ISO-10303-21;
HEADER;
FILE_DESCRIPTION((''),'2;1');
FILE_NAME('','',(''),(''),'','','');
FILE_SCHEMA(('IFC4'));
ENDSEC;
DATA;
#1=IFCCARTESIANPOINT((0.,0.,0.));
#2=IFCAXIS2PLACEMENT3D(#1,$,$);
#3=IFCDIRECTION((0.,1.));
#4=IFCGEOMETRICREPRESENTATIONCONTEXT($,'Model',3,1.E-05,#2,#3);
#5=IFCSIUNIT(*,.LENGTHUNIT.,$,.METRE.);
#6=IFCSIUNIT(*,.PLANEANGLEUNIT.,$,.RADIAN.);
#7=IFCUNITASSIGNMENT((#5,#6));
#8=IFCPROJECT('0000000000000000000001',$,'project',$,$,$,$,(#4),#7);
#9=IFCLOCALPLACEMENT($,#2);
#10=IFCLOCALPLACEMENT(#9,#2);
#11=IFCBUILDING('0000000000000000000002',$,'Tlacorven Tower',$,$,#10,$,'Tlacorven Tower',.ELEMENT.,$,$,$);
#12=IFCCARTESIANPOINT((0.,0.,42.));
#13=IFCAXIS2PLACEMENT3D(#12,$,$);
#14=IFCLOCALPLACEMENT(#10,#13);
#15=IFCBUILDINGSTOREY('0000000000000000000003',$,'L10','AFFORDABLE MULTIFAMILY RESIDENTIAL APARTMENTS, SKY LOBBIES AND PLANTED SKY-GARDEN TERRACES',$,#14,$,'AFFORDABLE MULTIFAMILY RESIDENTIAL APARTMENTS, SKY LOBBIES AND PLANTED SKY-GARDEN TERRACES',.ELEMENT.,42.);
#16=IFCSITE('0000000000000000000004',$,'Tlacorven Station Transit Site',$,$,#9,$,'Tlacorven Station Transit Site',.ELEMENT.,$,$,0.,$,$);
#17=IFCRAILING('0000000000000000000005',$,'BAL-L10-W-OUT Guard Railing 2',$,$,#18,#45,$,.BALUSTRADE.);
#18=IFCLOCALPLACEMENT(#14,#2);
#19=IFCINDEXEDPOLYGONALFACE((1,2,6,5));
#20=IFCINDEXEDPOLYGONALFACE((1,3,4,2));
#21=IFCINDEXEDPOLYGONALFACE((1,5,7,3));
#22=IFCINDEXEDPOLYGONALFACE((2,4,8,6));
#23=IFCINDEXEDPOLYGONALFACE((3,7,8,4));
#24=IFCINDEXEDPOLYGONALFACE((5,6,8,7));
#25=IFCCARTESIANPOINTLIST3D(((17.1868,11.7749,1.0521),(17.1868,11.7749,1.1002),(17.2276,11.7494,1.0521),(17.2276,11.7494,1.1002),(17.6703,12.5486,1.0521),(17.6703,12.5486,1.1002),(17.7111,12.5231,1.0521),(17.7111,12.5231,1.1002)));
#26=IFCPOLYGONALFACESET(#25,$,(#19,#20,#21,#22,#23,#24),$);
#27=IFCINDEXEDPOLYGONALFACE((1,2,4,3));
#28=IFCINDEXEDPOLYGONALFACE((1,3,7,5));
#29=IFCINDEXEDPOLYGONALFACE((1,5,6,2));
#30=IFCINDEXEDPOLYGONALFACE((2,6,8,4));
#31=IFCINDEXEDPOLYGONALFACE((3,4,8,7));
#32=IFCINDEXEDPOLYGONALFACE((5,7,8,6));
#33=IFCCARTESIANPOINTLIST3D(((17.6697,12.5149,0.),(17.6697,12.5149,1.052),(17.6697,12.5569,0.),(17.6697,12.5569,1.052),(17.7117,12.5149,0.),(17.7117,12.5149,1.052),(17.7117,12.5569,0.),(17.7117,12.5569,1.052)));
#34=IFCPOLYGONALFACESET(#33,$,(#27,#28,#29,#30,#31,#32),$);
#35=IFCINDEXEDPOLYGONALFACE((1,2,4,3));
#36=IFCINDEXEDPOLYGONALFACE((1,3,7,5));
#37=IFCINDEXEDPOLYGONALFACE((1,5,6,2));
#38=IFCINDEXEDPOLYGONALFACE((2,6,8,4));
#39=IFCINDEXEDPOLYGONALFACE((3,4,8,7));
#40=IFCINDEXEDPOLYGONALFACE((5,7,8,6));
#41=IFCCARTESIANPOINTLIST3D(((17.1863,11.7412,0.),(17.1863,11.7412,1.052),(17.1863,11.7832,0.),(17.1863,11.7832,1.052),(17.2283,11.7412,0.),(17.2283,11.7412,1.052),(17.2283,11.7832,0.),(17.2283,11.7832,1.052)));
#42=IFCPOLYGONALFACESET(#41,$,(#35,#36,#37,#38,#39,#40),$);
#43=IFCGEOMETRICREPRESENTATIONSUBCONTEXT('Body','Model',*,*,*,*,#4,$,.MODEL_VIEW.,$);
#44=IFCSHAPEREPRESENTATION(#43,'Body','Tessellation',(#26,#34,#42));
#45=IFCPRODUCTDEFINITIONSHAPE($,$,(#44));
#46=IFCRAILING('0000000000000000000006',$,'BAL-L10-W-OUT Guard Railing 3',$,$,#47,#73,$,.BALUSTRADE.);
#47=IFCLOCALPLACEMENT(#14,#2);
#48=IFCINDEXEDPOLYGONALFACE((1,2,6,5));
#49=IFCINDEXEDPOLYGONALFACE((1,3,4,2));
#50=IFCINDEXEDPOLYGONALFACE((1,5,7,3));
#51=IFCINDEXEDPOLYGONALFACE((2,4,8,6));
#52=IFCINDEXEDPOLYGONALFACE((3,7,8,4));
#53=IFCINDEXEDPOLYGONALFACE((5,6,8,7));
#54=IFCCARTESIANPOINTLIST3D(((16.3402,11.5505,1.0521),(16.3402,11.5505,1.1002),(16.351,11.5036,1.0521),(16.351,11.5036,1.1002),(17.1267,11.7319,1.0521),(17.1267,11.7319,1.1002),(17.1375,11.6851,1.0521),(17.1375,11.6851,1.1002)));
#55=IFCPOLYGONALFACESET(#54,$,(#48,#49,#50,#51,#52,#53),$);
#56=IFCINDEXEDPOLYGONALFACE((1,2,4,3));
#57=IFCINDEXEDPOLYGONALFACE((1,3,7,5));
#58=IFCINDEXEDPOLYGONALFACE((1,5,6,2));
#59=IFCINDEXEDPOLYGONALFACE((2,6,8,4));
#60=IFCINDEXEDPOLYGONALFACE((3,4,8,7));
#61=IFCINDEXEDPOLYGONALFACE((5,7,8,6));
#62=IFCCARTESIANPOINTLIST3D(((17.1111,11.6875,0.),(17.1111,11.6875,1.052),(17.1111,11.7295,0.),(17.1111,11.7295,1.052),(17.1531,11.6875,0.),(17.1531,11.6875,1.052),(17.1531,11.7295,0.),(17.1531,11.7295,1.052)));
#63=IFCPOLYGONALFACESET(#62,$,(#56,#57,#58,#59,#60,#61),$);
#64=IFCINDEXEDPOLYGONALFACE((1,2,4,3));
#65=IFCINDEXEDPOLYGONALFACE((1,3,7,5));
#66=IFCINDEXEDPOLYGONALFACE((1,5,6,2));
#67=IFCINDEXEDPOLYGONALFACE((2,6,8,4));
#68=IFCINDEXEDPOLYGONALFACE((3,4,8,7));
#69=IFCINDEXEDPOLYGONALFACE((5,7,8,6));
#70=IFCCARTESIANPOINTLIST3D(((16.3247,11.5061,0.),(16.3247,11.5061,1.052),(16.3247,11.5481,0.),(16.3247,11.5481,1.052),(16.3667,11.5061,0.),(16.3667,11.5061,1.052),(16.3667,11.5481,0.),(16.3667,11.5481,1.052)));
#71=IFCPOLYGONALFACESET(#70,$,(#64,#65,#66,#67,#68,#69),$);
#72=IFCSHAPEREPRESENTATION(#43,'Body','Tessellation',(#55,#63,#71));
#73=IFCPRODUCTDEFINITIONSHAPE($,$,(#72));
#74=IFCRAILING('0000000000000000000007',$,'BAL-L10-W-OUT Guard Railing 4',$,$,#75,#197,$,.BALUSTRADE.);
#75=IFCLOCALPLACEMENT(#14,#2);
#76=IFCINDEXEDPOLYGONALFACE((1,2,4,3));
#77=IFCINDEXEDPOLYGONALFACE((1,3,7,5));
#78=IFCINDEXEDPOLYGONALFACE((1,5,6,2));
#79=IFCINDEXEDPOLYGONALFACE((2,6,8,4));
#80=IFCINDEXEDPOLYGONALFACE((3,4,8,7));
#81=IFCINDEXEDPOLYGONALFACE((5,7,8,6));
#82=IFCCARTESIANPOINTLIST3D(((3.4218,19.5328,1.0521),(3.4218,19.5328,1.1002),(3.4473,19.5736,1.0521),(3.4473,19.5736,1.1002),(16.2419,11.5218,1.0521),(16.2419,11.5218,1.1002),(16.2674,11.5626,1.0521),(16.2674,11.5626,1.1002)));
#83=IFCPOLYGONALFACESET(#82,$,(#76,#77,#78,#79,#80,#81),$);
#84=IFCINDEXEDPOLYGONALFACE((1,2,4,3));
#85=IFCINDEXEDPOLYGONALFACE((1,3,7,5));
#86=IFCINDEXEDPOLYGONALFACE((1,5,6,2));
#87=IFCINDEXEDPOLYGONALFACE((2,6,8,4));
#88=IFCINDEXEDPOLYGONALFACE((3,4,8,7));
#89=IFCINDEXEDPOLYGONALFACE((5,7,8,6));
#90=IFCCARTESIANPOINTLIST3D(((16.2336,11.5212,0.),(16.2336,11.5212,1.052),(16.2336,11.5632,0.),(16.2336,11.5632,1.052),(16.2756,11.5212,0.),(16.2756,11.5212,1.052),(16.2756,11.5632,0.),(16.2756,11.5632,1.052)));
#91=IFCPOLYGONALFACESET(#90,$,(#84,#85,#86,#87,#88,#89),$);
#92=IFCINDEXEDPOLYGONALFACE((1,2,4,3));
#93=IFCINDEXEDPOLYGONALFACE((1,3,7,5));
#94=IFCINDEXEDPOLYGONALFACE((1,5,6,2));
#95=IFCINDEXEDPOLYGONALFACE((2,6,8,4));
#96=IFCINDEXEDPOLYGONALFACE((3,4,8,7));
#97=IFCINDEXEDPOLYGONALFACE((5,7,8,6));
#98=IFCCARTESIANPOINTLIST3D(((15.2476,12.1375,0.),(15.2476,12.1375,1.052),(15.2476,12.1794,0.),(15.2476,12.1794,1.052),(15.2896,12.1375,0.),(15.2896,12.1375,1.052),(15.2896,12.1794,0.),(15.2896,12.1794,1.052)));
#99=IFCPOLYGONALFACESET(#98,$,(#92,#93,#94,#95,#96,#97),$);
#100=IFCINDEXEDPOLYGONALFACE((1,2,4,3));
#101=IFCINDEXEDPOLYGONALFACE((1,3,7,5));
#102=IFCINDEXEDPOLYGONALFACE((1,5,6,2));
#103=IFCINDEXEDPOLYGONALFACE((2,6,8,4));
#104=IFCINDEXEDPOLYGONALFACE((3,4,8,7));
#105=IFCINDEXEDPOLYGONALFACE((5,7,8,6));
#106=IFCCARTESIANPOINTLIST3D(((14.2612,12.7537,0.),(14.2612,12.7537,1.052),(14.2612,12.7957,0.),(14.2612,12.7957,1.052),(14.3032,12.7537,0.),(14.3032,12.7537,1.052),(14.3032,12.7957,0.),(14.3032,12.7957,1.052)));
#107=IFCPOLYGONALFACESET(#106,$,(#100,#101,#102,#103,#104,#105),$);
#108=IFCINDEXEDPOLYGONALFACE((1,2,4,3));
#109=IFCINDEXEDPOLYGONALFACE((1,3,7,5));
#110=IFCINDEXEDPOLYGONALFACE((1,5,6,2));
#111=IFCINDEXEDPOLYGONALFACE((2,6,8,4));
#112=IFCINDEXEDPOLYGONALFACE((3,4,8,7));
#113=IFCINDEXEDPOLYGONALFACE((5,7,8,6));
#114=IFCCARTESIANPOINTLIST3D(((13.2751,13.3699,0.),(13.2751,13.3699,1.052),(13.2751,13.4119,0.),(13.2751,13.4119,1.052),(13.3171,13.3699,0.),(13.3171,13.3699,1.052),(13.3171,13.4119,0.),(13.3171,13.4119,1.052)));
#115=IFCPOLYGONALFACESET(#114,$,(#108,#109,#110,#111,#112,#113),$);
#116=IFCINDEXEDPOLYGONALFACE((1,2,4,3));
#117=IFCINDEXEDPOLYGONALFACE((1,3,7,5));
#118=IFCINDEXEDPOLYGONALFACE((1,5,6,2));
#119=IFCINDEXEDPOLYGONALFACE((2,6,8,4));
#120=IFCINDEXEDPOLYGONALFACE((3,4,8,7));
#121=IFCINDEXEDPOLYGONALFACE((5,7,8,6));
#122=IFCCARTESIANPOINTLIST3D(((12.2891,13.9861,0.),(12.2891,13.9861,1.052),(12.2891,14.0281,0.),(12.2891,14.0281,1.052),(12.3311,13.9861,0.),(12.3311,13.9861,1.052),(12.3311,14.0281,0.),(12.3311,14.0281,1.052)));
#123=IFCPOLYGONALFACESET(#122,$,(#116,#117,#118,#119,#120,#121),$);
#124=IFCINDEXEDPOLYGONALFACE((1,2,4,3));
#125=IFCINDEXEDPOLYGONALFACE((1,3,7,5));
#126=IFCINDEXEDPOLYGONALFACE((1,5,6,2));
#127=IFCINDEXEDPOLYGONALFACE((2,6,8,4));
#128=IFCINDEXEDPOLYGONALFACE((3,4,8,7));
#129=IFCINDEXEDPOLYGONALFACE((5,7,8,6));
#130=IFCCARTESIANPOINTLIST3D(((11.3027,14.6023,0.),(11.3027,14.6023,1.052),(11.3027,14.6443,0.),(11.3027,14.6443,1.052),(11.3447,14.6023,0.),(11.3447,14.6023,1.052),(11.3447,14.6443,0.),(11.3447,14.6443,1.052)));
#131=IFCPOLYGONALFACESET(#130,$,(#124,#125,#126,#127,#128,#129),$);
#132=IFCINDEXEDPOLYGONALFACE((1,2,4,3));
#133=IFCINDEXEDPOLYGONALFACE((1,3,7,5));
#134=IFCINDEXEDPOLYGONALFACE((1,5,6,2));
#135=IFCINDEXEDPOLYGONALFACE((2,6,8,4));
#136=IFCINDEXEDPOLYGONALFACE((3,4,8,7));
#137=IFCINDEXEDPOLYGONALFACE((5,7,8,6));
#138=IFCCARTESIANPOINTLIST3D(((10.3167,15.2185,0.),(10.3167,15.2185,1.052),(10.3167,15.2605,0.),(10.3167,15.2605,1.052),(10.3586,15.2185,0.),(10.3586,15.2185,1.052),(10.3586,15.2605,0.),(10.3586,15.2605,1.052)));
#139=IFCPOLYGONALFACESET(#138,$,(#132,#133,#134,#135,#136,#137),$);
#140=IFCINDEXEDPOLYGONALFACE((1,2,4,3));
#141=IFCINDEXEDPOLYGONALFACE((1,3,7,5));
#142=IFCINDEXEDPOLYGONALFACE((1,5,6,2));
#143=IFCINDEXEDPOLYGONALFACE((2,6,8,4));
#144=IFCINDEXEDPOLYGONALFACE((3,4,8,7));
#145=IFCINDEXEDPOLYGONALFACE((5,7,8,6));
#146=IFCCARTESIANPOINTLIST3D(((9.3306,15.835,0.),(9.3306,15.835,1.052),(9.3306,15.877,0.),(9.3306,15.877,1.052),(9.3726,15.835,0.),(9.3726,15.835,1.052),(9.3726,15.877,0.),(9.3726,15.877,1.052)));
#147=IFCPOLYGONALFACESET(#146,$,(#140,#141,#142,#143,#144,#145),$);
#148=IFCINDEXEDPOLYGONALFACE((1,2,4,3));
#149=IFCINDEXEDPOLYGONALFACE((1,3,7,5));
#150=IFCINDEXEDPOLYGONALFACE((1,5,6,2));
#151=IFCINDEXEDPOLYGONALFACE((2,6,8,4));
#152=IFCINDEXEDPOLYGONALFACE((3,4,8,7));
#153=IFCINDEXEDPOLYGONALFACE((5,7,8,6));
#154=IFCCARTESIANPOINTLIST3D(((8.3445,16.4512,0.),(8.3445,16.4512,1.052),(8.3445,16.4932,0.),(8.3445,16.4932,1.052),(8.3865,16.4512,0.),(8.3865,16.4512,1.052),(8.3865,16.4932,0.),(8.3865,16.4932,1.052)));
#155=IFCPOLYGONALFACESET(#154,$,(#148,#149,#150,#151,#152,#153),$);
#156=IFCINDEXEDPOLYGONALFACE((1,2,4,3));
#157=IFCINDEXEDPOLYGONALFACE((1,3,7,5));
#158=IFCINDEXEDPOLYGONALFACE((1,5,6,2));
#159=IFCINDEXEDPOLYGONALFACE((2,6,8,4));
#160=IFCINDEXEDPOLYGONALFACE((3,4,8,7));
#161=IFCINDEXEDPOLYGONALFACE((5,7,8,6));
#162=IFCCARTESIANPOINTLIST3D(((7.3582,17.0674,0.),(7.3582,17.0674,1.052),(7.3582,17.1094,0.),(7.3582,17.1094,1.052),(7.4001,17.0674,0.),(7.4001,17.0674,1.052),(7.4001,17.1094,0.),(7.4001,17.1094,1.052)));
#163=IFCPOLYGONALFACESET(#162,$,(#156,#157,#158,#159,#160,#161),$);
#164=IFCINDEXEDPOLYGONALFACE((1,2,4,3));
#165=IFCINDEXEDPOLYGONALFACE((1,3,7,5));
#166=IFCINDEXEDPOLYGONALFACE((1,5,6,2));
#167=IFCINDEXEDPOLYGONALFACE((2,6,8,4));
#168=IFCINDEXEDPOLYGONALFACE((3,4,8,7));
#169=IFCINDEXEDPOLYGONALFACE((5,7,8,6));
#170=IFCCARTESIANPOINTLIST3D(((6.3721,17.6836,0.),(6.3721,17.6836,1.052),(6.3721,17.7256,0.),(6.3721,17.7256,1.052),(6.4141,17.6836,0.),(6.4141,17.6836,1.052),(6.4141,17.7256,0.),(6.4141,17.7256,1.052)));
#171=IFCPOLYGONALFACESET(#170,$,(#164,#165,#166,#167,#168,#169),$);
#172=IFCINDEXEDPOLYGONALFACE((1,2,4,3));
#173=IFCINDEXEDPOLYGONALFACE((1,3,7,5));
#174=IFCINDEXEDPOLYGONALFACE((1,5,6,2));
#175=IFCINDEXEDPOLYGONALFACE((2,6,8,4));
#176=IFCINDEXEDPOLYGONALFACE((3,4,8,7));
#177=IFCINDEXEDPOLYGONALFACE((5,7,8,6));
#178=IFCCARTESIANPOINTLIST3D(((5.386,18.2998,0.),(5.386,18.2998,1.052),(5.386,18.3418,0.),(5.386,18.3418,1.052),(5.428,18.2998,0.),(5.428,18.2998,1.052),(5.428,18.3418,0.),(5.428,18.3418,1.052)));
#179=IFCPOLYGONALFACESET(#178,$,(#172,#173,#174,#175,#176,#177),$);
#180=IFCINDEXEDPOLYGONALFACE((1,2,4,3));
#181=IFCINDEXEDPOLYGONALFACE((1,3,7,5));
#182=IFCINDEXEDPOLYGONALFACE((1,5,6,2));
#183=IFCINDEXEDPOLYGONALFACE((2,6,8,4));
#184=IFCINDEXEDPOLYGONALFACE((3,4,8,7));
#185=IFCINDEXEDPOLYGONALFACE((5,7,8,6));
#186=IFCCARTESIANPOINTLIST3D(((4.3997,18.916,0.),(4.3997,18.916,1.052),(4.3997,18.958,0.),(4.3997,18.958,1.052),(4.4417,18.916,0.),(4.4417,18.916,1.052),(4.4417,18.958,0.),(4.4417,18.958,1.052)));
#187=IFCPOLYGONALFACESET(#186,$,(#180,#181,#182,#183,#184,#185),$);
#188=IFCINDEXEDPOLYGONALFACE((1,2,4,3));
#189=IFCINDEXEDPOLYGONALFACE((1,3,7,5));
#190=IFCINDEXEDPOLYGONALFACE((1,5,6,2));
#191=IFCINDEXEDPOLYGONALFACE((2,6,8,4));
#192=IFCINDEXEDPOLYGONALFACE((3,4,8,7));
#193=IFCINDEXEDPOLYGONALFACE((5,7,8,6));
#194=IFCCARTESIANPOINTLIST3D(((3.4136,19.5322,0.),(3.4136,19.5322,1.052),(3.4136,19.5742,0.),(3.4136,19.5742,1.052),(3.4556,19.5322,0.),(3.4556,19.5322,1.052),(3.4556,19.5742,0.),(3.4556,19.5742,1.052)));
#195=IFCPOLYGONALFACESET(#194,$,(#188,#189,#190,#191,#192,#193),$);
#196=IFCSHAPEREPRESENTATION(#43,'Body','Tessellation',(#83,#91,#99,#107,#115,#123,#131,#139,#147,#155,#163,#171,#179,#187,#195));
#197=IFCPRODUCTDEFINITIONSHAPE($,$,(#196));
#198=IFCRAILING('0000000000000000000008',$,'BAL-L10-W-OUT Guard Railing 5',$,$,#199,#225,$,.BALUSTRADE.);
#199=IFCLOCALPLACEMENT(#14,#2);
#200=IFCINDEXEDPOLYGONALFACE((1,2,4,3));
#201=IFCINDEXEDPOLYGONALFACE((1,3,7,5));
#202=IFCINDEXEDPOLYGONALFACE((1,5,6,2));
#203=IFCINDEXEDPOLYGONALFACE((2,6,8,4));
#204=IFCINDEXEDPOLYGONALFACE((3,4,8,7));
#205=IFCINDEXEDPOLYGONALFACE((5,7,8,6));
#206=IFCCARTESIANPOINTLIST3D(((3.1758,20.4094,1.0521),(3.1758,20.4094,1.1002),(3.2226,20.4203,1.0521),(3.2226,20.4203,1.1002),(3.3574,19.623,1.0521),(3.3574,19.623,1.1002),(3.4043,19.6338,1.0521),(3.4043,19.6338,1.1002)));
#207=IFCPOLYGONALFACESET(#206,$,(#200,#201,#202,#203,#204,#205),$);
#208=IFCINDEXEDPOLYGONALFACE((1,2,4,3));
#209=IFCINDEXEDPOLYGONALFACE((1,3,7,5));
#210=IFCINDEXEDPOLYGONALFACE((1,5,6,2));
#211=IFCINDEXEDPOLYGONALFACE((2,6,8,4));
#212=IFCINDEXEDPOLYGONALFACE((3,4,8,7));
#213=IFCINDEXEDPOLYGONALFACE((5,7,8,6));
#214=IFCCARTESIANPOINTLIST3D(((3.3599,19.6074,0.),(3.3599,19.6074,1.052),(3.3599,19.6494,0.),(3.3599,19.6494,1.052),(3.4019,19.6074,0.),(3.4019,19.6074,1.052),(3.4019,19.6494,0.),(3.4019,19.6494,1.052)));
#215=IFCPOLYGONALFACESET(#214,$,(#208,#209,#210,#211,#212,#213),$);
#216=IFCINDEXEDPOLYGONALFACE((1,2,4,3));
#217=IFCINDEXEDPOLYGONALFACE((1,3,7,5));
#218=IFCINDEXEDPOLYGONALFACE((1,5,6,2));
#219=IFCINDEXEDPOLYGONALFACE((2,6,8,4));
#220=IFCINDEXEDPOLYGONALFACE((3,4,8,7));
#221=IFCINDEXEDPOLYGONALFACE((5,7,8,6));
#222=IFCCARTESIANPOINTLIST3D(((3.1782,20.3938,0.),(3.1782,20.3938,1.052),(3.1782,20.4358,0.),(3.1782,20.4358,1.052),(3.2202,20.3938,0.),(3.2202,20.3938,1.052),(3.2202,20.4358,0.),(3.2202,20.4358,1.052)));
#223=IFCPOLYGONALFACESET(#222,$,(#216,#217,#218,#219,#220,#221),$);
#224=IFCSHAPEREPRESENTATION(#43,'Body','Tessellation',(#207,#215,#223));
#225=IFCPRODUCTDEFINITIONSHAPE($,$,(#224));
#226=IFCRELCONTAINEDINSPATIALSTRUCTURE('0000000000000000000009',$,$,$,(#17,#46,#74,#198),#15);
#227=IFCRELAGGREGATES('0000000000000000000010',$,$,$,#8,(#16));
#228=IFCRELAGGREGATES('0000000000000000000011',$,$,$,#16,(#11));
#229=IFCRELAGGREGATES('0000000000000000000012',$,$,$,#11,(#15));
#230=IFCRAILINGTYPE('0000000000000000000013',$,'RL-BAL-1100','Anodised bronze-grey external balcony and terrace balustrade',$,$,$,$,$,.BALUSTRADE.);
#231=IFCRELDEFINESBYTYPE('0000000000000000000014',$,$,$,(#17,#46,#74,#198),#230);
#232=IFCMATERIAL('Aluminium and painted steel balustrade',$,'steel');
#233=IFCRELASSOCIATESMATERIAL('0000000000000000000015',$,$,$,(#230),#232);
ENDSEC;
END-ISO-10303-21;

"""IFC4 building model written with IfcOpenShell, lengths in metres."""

from ifc_helpers import new_model, si_unit, direction, frame, origin, origin_2d, place, context, subcontext, project, spatial, rectangle, extrude, source, transform, mapped, material, type_object, element, save


model = new_model("IFC4")

# Units and contexts
model_context = context("Model", 3, precision=1e-05, world=origin(), true_north=direction((0.0, 1.0)))
body_context = subcontext(model_context, "Body", "Model", "MODEL_VIEW")
ifc_project = project(units=[si_unit("LENGTHUNIT", "METRE"), si_unit("PLANEANGLEUNIT", "RADIAN")], contexts=[model_context])

# Site, building, storey
site_placement = place(None, origin())
site = spatial("IfcSite", under=ifc_project, at=site_placement, Name="Tlacorven Station Transit Site", LongName="Tlacorven Station Transit Site", CompositionType="ELEMENT", RefElevation=0.0)
building_placement = place(site_placement, origin())
building = spatial("IfcBuilding", under=site, at=building_placement, Name="Tlacorven Tower", LongName="Tlacorven Tower", CompositionType="ELEMENT")
storey_placement = place(building_placement, frame((0.0, 0.0, 42.0)))
storey = spatial("IfcBuildingStorey", under=building, at=storey_placement, Name="L10", Description="AFFORDABLE MULTIFAMILY RESIDENTIAL APARTMENTS, SKY LOBBIES AND PLANTED SKY-GARDEN TERRACES", LongName="AFFORDABLE MULTIFAMILY RESIDENTIAL APARTMENTS, SKY LOBBIES AND PLANTED SKY-GARDEN TERRACES", CompositionType="ELEMENT", Elevation=42.0)

# Railings
ifc_material_1 = material(Name="Aluminium and painted steel balustrade", Category="steel")
railing_type = type_object("IfcRailingType", Name="RL-BAL-1100", Description="Anodised bronze-grey external balcony and terrace balustrade", PredefinedType="BALUSTRADE", material=ifc_material_1)
shared_shape_1 = source(origin(), body_context, "Body", "SweptSolid", [
    extrude(rectangle(XDim=0.0481, YDim=0.0481, at=origin_2d()), frame((0.0, 0.0, 1.0762), z_axis=(-0.529879, -0.848073, 0.0), x_axis=(0.848073, -0.529879, 0.0)), (0.0, 0.0, 1.0), 0.9124),
    extrude(rectangle(XDim=0.042, YDim=0.042, at=origin_2d()), origin(), (0.0, 0.0, 1.0), 1.052),
    extrude(rectangle(XDim=0.042, YDim=0.042, at=origin_2d()), frame((-0.4834, -0.7737, 0.0)), (0.0, 0.0, 1.0), 1.052),
])
railing_1_placement = place(storey_placement, frame((17.6907, 12.5359, 0.0)))
element("IfcRailing", 1, at=railing_1_placement, inside=storey, type_object=railing_type, Name="BAL-L10-W-OUT Guard Railing 2", PredefinedType="BALUSTRADE", context=body_context, shape_type="MappedRepresentation", body=[
    mapped(shared_shape_1, transform((0.0, 0.0, 0.0), scale=1.0)),
])
shared_shape_2 = source(origin(), body_context, "Body", "SweptSolid", [
    extrude(rectangle(XDim=0.0481, YDim=0.0481, at=origin_2d()), frame((0.0, 0.0, 1.0762), z_axis=(-0.974412, -0.224771, 0.0), x_axis=(0.224771, -0.974412, 0.0)), (0.0, 0.0, 1.0), 0.8071),
    extrude(rectangle(XDim=0.042, YDim=0.042, at=origin_2d()), origin(), (0.0, 0.0, 1.0), 1.052),
    extrude(rectangle(XDim=0.042, YDim=0.042, at=origin_2d()), frame((-0.7864, -0.1814, 0.0)), (0.0, 0.0, 1.0), 1.052),
])
railing_2_placement = place(storey_placement, frame((17.1321, 11.7085, 0.0)))
element("IfcRailing", 2, at=railing_2_placement, inside=storey, type_object=railing_type, Name="BAL-L10-W-OUT Guard Railing 3", PredefinedType="BALUSTRADE", context=body_context, shape_type="MappedRepresentation", body=[
    mapped(shared_shape_2, transform((0.0, 0.0, 0.0), scale=1.0)),
])
shared_shape_3 = source(origin(), body_context, "Body", "SweptSolid", [
    extrude(rectangle(XDim=0.0481, YDim=0.0481, at=origin_2d()), frame((0.0, 0.0, 1.0762), z_axis=(-0.848045, 0.529925, 0.0), x_axis=(-0.529925, -0.848045, 0.0)), (0.0, 0.0, 1.0), 15.1172),
    extrude(rectangle(XDim=0.042, YDim=0.042, at=origin_2d()), origin(), (0.0, 0.0, 1.0), 1.052),
    extrude(rectangle(XDim=0.042, YDim=0.042, at=origin_2d()), frame((-0.9861, 0.6162, 0.0)), (0.0, 0.0, 1.0), 1.052),
    extrude(rectangle(XDim=0.042, YDim=0.042, at=origin_2d()), frame((-1.9724, 1.2324, 0.0)), (0.0, 0.0, 1.0), 1.052),
    extrude(rectangle(XDim=0.042, YDim=0.042, at=origin_2d()), frame((-2.9585, 1.8486, 0.0)), (0.0, 0.0, 1.0), 1.052),
    extrude(rectangle(XDim=0.042, YDim=0.042, at=origin_2d()), frame((-3.9446, 2.4648, 0.0)), (0.0, 0.0, 1.0), 1.052),
    extrude(rectangle(XDim=0.042, YDim=0.042, at=origin_2d()), frame((-4.9309, 3.0811, 0.0)), (0.0, 0.0, 1.0), 1.052),
    extrude(rectangle(XDim=0.042, YDim=0.042, at=origin_2d()), frame((-5.917, 3.6973, 0.0)), (0.0, 0.0, 1.0), 1.052),
    extrude(rectangle(XDim=0.042, YDim=0.042, at=origin_2d()), frame((-6.9031, 4.3137, 0.0)), (0.0, 0.0, 1.0), 1.052),
    extrude(rectangle(XDim=0.042, YDim=0.042, at=origin_2d()), frame((-7.8892, 4.9299, 0.0)), (0.0, 0.0, 1.0), 1.052),
    extrude(rectangle(XDim=0.042, YDim=0.042, at=origin_2d()), frame((-8.8755, 5.5461, 0.0)), (0.0, 0.0, 1.0), 1.052),
    extrude(rectangle(XDim=0.042, YDim=0.042, at=origin_2d()), frame((-9.8616, 6.1624, 0.0)), (0.0, 0.0, 1.0), 1.052),
    extrude(rectangle(XDim=0.042, YDim=0.042, at=origin_2d()), frame((-10.8477, 6.7786, 0.0)), (0.0, 0.0, 1.0), 1.052),
    extrude(rectangle(XDim=0.042, YDim=0.042, at=origin_2d()), frame((-11.834, 7.3948, 0.0)), (0.0, 0.0, 1.0), 1.052),
    extrude(rectangle(XDim=0.042, YDim=0.042, at=origin_2d()), frame((-12.8201, 8.011, 0.0)), (0.0, 0.0, 1.0), 1.052),
])
railing_3_placement = place(storey_placement, frame((16.2546, 11.5422, 0.0)))
element("IfcRailing", 3, at=railing_3_placement, inside=storey, type_object=railing_type, Name="BAL-L10-W-OUT Guard Railing 4", PredefinedType="BALUSTRADE", context=body_context, shape_type="MappedRepresentation", body=[
    mapped(shared_shape_3, transform((0.0, 0.0, 0.0), scale=1.0)),
])
shared_shape_4 = source(origin(), body_context, "Body", "SweptSolid", [
    extrude(rectangle(XDim=0.0481, YDim=0.0481, at=origin_2d()), frame((0.0, 0.0, 1.0762), z_axis=(-0.225058, 0.974345, 0.0), x_axis=(-0.974345, -0.225058, 0.0)), (0.0, 0.0, 1.0), 0.8071),
    extrude(rectangle(XDim=0.042, YDim=0.042, at=origin_2d()), origin(), (0.0, 0.0, 1.0), 1.052),
    extrude(rectangle(XDim=0.042, YDim=0.042, at=origin_2d()), frame((-0.1816, 0.7864, 0.0)), (0.0, 0.0, 1.0), 1.052),
])
railing_4_placement = place(storey_placement, frame((3.3809, 19.6284, 0.0)))
element("IfcRailing", 4, at=railing_4_placement, inside=storey, type_object=railing_type, Name="BAL-L10-W-OUT Guard Railing 5", PredefinedType="BALUSTRADE", context=body_context, shape_type="MappedRepresentation", body=[
    mapped(shared_shape_4, transform((0.0, 0.0, 0.0), scale=1.0)),
])

save(model, "model.ifc")
